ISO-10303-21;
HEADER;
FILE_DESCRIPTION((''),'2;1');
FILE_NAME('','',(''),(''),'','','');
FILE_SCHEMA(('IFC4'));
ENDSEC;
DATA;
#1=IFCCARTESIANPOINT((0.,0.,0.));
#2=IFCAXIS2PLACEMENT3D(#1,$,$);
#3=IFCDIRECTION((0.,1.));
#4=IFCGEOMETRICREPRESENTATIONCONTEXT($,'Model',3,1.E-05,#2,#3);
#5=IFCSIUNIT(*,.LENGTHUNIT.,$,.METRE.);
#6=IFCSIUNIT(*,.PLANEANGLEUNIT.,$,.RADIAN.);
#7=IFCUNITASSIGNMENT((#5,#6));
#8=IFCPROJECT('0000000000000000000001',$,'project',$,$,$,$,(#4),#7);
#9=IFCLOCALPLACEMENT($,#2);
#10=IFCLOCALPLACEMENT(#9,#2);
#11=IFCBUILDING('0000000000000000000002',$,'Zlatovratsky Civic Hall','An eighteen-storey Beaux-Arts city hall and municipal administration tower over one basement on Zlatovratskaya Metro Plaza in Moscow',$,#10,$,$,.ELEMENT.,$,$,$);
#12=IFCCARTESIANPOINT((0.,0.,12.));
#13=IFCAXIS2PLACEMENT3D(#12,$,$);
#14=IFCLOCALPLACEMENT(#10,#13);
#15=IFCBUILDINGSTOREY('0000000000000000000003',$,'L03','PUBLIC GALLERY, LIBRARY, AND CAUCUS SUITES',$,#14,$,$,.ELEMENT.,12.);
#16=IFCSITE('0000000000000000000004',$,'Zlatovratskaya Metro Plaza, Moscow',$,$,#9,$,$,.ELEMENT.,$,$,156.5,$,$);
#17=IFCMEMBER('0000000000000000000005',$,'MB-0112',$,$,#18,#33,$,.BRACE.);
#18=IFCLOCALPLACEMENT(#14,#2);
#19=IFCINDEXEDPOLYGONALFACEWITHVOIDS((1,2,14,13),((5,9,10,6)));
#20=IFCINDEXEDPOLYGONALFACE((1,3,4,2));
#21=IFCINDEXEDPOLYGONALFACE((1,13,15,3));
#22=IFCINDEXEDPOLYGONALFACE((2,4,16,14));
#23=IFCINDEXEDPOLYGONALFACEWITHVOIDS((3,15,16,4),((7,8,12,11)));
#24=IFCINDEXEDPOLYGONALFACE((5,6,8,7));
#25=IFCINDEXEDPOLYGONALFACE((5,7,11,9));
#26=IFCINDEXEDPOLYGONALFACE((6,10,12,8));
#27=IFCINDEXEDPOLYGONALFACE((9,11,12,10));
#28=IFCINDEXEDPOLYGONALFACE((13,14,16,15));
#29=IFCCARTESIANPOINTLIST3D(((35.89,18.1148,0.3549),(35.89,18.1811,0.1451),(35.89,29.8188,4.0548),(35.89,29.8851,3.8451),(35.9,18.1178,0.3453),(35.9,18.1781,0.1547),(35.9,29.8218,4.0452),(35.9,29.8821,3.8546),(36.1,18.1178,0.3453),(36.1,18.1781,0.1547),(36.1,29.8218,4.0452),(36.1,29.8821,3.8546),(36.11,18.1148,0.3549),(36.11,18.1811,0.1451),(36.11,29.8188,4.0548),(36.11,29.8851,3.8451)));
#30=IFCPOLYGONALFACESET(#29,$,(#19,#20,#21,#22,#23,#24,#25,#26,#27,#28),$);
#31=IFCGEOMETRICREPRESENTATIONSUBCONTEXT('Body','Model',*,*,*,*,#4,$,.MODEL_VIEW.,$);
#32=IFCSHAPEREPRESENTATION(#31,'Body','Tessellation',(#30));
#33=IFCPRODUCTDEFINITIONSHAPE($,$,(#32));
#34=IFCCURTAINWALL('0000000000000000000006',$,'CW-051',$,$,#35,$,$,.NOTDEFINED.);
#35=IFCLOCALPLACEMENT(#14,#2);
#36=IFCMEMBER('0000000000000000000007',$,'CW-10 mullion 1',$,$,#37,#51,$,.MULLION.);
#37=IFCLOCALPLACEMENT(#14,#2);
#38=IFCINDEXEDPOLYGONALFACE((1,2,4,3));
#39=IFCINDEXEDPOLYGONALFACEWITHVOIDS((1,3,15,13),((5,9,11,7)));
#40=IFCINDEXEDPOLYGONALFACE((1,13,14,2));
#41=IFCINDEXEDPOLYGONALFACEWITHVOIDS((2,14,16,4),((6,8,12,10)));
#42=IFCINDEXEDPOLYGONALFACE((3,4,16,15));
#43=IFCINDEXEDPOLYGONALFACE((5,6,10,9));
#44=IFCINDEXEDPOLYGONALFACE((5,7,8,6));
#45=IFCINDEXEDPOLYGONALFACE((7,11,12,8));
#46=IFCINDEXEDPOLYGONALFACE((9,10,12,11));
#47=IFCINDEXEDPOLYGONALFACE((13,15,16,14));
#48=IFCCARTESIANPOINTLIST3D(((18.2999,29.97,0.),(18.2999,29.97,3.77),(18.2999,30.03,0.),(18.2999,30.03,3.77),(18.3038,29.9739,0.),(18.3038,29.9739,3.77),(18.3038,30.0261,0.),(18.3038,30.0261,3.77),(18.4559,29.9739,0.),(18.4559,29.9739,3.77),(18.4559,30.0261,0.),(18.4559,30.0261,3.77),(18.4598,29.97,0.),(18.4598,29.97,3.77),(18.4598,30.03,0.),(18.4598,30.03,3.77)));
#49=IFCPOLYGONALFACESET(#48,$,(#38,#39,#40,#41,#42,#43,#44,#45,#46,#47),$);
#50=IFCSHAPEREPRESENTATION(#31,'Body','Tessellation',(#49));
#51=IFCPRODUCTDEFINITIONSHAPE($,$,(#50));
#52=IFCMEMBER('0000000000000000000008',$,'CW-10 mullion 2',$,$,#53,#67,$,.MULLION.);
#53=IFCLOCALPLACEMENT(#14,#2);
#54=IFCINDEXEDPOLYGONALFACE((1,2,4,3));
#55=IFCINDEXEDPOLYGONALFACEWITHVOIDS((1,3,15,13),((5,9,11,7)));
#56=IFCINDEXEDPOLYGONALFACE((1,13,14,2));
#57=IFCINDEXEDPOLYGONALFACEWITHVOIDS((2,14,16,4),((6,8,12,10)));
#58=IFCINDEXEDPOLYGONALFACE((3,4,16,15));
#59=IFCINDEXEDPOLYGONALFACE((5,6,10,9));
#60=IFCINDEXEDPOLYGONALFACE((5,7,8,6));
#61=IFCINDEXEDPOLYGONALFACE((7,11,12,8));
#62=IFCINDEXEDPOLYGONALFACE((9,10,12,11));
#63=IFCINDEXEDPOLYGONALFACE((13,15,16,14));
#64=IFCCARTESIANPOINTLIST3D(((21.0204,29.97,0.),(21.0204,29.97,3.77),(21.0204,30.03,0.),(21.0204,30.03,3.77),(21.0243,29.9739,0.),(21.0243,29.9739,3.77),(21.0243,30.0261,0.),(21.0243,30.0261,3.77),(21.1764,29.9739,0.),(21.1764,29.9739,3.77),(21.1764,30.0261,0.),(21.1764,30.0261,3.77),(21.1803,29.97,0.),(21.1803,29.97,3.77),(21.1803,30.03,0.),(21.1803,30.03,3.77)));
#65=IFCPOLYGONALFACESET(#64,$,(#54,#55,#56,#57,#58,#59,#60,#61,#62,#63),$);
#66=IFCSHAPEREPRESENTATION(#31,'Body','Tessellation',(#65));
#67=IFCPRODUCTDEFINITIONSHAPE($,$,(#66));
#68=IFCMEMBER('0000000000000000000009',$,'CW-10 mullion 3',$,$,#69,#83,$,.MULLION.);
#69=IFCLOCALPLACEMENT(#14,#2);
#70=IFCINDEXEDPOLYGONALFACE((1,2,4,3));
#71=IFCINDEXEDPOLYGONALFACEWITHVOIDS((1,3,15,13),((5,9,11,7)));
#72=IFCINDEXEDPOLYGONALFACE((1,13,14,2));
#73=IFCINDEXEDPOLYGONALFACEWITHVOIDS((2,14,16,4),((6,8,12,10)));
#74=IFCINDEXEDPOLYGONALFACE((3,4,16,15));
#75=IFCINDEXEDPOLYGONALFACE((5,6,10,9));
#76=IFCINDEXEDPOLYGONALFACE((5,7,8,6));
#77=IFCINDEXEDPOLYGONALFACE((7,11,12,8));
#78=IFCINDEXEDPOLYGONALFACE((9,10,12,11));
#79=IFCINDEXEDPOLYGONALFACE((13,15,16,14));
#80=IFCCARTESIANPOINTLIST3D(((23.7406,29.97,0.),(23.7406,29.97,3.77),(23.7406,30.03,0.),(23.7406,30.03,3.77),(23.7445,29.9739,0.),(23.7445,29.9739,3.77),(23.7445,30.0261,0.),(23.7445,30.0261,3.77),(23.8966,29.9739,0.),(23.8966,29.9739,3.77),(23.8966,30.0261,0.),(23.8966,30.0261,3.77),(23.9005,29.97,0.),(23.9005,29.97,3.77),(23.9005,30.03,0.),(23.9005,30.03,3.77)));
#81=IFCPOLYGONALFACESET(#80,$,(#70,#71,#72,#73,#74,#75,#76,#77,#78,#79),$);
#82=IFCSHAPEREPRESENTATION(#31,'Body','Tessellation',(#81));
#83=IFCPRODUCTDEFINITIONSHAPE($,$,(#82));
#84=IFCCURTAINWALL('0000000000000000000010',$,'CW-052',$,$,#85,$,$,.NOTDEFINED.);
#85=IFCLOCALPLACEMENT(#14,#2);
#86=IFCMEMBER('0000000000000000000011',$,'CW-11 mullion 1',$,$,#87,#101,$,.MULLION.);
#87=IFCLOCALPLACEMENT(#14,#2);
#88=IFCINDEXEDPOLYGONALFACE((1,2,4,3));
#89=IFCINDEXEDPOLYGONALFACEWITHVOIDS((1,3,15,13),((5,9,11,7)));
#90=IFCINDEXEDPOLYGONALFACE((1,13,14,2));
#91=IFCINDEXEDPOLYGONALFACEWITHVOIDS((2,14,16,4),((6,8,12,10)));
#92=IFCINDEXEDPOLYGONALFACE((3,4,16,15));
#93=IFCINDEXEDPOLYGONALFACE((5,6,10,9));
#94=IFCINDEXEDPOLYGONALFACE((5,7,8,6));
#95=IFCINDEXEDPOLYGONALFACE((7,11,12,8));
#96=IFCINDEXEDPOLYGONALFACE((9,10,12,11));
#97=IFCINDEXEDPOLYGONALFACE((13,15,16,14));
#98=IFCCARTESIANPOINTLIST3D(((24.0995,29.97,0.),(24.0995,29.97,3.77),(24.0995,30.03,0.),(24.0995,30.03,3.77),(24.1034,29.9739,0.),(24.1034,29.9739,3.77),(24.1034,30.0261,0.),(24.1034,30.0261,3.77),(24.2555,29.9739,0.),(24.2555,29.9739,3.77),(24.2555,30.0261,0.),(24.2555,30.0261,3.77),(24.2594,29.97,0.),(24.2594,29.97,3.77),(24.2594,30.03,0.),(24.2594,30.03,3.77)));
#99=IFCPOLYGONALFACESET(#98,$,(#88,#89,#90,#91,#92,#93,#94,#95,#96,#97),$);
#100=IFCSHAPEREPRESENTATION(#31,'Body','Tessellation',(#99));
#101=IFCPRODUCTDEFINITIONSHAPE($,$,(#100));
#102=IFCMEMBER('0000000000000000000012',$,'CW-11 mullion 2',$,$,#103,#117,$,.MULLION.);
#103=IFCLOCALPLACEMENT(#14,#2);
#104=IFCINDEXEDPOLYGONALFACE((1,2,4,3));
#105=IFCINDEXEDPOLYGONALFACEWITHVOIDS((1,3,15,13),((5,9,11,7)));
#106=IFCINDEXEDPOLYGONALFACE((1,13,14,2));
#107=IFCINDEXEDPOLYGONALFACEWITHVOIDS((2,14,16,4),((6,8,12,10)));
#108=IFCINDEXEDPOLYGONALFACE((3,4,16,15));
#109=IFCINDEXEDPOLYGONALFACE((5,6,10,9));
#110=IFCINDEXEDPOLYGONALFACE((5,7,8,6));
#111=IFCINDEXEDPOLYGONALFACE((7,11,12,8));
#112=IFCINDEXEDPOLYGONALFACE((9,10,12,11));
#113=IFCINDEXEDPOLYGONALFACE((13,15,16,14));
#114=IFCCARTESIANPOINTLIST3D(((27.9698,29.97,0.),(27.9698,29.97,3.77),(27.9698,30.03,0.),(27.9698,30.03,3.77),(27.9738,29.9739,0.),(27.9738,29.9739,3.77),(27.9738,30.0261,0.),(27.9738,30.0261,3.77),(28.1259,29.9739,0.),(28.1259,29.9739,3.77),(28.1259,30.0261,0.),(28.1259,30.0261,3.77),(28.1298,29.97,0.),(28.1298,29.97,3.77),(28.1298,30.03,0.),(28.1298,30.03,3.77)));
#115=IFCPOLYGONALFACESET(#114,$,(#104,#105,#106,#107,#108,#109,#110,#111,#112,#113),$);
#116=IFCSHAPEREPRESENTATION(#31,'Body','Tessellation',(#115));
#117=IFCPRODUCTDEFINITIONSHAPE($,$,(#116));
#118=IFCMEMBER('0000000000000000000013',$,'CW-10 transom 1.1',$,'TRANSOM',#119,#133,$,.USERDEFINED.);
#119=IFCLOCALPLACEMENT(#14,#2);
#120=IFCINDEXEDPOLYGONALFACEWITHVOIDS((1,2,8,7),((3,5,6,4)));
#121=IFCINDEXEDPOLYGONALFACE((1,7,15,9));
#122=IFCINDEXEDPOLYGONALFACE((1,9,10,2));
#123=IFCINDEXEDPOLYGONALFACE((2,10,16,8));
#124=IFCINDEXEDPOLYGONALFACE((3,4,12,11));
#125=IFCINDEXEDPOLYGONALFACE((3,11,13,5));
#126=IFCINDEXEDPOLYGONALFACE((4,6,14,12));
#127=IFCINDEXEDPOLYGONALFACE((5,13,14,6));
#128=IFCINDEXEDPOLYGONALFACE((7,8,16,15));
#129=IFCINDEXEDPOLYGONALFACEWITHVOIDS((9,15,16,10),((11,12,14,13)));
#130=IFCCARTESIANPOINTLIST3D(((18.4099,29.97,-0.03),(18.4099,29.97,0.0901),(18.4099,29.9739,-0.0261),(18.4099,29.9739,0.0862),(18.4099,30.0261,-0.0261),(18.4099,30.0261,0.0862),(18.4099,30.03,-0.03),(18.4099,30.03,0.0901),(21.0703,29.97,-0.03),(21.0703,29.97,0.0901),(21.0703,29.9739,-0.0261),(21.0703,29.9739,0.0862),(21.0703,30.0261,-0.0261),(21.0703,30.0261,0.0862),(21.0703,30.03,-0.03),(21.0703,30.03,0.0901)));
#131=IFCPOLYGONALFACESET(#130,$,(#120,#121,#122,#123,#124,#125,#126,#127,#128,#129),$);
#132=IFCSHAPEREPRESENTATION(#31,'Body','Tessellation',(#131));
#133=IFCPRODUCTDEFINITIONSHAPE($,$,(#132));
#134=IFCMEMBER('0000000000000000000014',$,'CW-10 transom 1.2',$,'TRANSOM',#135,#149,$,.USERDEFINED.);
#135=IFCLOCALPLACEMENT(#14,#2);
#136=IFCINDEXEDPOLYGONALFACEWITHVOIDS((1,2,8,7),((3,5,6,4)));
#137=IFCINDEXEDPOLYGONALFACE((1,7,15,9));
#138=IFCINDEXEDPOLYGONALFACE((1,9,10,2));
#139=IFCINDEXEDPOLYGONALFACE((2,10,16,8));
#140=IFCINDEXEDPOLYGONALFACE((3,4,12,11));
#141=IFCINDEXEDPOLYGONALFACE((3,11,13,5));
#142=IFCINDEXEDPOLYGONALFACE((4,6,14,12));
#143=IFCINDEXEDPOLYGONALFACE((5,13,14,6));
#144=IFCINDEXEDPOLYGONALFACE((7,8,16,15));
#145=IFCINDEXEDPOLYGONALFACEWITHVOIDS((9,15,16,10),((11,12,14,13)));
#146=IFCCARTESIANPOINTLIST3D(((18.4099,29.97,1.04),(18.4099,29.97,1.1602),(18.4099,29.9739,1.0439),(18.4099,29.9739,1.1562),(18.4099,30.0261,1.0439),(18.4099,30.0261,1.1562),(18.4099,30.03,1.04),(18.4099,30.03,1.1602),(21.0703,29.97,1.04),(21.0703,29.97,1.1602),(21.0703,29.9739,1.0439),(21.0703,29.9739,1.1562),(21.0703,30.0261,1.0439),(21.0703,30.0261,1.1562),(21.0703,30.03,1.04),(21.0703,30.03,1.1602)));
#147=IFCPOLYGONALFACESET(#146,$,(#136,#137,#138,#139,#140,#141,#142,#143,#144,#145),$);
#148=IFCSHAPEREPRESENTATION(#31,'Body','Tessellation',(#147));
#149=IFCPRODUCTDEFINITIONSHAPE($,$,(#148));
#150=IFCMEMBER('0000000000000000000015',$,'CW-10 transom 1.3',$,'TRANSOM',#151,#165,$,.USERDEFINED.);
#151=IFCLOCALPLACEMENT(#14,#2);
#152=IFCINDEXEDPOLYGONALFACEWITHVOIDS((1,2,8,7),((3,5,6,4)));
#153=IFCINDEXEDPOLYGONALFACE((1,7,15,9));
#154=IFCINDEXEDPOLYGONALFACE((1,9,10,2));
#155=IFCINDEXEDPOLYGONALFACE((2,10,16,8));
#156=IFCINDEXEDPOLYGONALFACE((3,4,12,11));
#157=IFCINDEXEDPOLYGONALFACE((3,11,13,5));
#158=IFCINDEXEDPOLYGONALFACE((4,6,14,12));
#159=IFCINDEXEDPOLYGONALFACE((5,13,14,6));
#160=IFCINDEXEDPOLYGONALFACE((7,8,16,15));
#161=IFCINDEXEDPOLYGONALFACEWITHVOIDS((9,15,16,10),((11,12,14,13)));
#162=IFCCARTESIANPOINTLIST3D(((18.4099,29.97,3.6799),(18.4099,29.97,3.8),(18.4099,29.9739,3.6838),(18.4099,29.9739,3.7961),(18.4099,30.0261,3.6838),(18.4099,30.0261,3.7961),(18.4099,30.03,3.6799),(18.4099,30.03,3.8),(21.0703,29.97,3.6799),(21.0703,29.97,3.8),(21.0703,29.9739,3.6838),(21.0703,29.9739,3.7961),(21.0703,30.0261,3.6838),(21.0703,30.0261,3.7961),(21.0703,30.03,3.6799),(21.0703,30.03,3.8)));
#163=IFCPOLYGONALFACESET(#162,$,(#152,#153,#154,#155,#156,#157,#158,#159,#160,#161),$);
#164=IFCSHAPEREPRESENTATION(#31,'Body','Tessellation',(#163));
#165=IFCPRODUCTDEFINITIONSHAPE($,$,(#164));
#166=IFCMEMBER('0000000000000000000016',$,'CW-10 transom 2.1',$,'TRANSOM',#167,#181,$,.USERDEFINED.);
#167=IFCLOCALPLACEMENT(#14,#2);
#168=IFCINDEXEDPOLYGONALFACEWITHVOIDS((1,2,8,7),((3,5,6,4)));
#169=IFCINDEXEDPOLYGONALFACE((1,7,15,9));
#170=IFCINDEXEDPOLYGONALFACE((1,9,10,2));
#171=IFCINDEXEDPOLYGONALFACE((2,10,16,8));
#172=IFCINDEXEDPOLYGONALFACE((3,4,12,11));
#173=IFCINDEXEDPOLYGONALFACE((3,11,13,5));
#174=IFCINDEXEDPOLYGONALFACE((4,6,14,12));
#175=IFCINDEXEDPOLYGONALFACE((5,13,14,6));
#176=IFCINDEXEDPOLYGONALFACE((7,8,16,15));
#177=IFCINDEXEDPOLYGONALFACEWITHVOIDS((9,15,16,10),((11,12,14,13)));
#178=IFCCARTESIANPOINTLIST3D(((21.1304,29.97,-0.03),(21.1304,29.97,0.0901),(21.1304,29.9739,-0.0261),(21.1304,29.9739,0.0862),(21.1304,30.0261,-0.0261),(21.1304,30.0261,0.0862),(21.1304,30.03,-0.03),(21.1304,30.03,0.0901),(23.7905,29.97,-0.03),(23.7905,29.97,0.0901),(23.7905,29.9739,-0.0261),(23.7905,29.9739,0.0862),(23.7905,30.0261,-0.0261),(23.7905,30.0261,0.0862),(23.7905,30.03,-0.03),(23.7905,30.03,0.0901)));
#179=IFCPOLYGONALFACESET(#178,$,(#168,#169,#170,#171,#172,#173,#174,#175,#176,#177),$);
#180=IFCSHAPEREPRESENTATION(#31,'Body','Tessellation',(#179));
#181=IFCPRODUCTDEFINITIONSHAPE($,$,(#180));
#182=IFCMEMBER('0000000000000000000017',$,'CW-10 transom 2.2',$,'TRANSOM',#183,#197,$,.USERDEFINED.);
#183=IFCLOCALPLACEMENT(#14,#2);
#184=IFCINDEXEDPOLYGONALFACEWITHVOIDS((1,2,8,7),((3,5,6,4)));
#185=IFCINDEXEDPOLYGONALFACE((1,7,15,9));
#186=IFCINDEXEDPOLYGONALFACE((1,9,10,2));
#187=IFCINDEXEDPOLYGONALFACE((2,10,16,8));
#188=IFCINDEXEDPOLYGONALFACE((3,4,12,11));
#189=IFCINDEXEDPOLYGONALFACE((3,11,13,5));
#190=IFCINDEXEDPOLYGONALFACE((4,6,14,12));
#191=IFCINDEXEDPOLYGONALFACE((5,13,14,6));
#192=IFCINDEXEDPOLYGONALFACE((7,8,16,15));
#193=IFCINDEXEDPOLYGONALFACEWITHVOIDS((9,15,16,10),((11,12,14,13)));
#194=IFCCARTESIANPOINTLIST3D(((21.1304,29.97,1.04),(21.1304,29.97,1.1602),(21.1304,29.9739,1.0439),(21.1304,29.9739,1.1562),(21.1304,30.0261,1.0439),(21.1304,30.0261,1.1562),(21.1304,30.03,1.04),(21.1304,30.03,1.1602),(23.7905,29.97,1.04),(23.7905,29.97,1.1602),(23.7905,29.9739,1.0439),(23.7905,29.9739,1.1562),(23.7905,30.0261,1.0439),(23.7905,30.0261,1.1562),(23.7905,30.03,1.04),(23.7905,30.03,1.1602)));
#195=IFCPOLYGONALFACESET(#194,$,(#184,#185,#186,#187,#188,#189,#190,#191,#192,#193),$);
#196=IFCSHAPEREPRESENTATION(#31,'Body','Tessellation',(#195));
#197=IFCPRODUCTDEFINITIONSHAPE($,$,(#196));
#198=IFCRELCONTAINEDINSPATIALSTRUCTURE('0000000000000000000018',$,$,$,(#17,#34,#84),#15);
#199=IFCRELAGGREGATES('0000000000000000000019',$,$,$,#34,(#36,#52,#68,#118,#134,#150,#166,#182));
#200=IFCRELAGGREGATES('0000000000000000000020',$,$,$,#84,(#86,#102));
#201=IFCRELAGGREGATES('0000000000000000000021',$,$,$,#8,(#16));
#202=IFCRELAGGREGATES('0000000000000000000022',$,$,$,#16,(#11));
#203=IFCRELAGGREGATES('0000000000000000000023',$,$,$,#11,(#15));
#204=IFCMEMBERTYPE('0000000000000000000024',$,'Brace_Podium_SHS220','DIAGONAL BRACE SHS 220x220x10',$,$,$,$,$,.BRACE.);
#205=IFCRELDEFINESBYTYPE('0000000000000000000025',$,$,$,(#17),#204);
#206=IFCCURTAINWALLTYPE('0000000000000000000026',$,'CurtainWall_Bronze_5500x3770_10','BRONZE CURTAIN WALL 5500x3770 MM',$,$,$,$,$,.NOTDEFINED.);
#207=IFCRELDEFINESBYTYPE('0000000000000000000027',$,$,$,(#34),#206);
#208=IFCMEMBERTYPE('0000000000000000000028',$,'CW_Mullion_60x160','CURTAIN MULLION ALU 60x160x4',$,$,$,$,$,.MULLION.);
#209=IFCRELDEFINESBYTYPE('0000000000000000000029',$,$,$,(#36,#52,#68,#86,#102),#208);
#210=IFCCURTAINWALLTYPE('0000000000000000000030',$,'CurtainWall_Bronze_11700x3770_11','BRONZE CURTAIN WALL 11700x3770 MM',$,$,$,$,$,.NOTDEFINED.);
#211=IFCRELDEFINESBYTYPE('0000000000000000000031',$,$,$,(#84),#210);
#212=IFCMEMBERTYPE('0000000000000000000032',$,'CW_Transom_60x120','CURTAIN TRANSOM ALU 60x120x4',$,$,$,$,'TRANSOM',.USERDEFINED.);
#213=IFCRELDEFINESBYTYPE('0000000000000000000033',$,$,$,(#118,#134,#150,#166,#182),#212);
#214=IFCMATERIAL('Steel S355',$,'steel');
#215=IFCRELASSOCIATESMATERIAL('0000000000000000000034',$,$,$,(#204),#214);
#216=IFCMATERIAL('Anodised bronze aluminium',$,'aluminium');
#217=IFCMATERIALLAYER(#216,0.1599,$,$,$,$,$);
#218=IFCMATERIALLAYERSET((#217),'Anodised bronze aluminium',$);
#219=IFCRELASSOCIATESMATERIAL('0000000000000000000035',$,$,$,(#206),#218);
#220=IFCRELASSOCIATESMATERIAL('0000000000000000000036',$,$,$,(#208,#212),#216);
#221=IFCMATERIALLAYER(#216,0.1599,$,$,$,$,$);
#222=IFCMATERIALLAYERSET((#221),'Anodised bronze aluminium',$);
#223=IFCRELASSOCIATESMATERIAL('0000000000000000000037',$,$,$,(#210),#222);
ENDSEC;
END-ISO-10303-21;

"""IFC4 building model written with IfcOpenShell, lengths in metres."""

from ifc_helpers import new_model, si_unit, direction, frame, origin, origin_2d, place, context, subcontext, project, spatial, hollow_rectangle, extrude, material, layer, layer_set, material_profile, profile_set, type_object, element, aggregate, save


model = new_model("IFC4")

# Units and contexts
model_context = context("Model", 3, precision=1e-05, world=origin(), true_north=direction((0.0, 1.0)))
body_context = subcontext(model_context, "Body", "Model", "MODEL_VIEW")
ifc_project = project(units=[si_unit("LENGTHUNIT", "METRE"), si_unit("PLANEANGLEUNIT", "RADIAN")], contexts=[model_context])

# Site, building, storey
site_placement = place(None, origin())
site = spatial("IfcSite", under=ifc_project, at=site_placement, Name="Zlatovratskaya Metro Plaza, Moscow", CompositionType="ELEMENT", RefElevation=156.5)
building_placement = place(site_placement, origin())
building = spatial("IfcBuilding", under=site, at=building_placement, Name="Zlatovratsky Civic Hall", Description="An eighteen-storey Beaux-Arts city hall and municipal administration tower over one basement on Zlatovratskaya Metro Plaza in Moscow", CompositionType="ELEMENT")
storey_placement = place(building_placement, frame((0.0, 0.0, 12.0)))
storey = spatial("IfcBuildingStorey", under=building, at=storey_placement, Name="L03", Description="PUBLIC GALLERY, LIBRARY, AND CAUCUS SUITES", CompositionType="ELEMENT", Elevation=12.0)

# Shared definitions
ifc_material_1 = material(Name="Steel S355", Category="steel")

# Member
ifc_material_profile_1 = material_profile(ifc_material_1, hollow_rectangle(XDim=0.22, YDim=0.22, WallThickness=0.01, at=origin_2d()), Name="SHS 220x220x10")
ifc_profile_set_1 = profile_set([ifc_material_profile_1], Name="Steel S355")
member_type_1 = type_object("IfcMemberType", Name="Brace_Podium_SHS220", Description="DIAGONAL BRACE SHS 220x220x10", PredefinedType="BRACE", material=ifc_profile_set_1)
member_1_placement = place(storey_placement, frame((36.0, 18.1479, 0.25), z_axis=(0.0, 0.953491, 0.301422), x_axis=(-1.0, 0.0, 0.0)))
element("IfcMember", 1, at=member_1_placement, inside=storey, type_object=member_type_1, Name="MB-0112", PredefinedType="BRACE", context=body_context, shape_type="SweptSolid", body=[
    extrude(hollow_rectangle(XDim=0.22, YDim=0.22, WallThickness=0.01, at=origin_2d()), origin(), (0.0, 0.0, 1.0), 12.2749),
])

# Curtain walls, members
ifc_material_2 = material(Name="Anodised bronze aluminium", Category="aluminium")
ifc_layer_1 = layer(ifc_material_2, 0.1599)
ifc_layer_set_1 = layer_set([ifc_layer_1], Name="Anodised bronze aluminium")
curtain_wall_type_1 = type_object("IfcCurtainWallType", Name="CurtainWall_Bronze_5500x3770_10", Description="BRONZE CURTAIN WALL 5500x3770 MM", PredefinedType="NOTDEFINED", material=ifc_layer_set_1)
curtain_wall_1_placement = place(storey_placement, origin())
curtain_wall_1 = element("IfcCurtainWall", 2, at=curtain_wall_1_placement, inside=storey, type_object=curtain_wall_type_1, Name="CW-051", PredefinedType="NOTDEFINED")
ifc_material_profile_2 = material_profile(ifc_material_2, hollow_rectangle(XDim=0.0601, YDim=0.1599, WallThickness=0.0039, at=origin_2d()), Name="ALU 60x160x4")
ifc_profile_set_2 = profile_set([ifc_material_profile_2], Name="Anodised bronze aluminium")
member_type_2 = type_object("IfcMemberType", Name="CW_Mullion_60x160", Description="CURTAIN MULLION ALU 60x160x4", PredefinedType="MULLION", material=ifc_profile_set_2)
member_2_placement = place(storey_placement, frame((18.3799, 30.0, 0.0), z_axis=(0.0, 0.0, 1.0), x_axis=(0.0, 1.0, 0.0)))
member_2 = element("IfcMember", 3, at=member_2_placement, type_object=member_type_2, Name="CW-10 mullion 1", PredefinedType="MULLION", context=body_context, shape_type="SweptSolid", body=[
    extrude(hollow_rectangle(XDim=0.0601, YDim=0.1599, WallThickness=0.0039, at=origin_2d()), origin(), (0.0, 0.0, 1.0), 3.77),
])
member_3_placement = place(storey_placement, frame((21.1003, 30.0, 0.0), z_axis=(0.0, 0.0, 1.0), x_axis=(0.0, 1.0, 0.0)))
member_3 = element("IfcMember", 4, at=member_3_placement, type_object=member_type_2, Name="CW-10 mullion 2", PredefinedType="MULLION", context=body_context, shape_type="SweptSolid", body=[
    extrude(hollow_rectangle(XDim=0.0601, YDim=0.1599, WallThickness=0.0039, at=origin_2d()), origin(), (0.0, 0.0, 1.0), 3.77),
])
member_4_placement = place(storey_placement, frame((23.8206, 30.0, 0.0), z_axis=(0.0, 0.0, 1.0), x_axis=(0.0, 1.0, 0.0)))
member_4 = element("IfcMember", 5, at=member_4_placement, type_object=member_type_2, Name="CW-10 mullion 3", PredefinedType="MULLION", context=body_context, shape_type="SweptSolid", body=[
    extrude(hollow_rectangle(XDim=0.0601, YDim=0.1599, WallThickness=0.0039, at=origin_2d()), origin(), (0.0, 0.0, 1.0), 3.77),
])
ifc_layer_2 = layer(ifc_material_2, 0.1599)
ifc_layer_set_2 = layer_set([ifc_layer_2], Name="Anodised bronze aluminium")
curtain_wall_type_2 = type_object("IfcCurtainWallType", Name="CurtainWall_Bronze_11700x3770_11", Description="BRONZE CURTAIN WALL 11700x3770 MM", PredefinedType="NOTDEFINED", material=ifc_layer_set_2)
curtain_wall_2_placement = place(storey_placement, origin())
curtain_wall_2 = element("IfcCurtainWall", 6, at=curtain_wall_2_placement, inside=storey, type_object=curtain_wall_type_2, Name="CW-052", PredefinedType="NOTDEFINED")
member_5_placement = place(storey_placement, frame((24.1794, 30.0, 0.0), z_axis=(0.0, 0.0, 1.0), x_axis=(0.0, 1.0, 0.0)))
member_5 = element("IfcMember", 7, at=member_5_placement, type_object=member_type_2, Name="CW-11 mullion 1", PredefinedType="MULLION", context=body_context, shape_type="SweptSolid", body=[
    extrude(hollow_rectangle(XDim=0.0601, YDim=0.1599, WallThickness=0.0039, at=origin_2d()), origin(), (0.0, 0.0, 1.0), 3.77),
])
member_6_placement = place(storey_placement, frame((28.0498, 30.0, 0.0), z_axis=(0.0, 0.0, 1.0), x_axis=(0.0, 1.0, 0.0)))
member_6 = element("IfcMember", 8, at=member_6_placement, type_object=member_type_2, Name="CW-11 mullion 2", PredefinedType="MULLION", context=body_context, shape_type="SweptSolid", body=[
    extrude(hollow_rectangle(XDim=0.0601, YDim=0.1599, WallThickness=0.0039, at=origin_2d()), origin(), (0.0, 0.0, 1.0), 3.77),
])

# Members
ifc_material_profile_3 = material_profile(ifc_material_2, hollow_rectangle(XDim=0.0601, YDim=0.1201, WallThickness=0.0039, at=origin_2d()), Name="ALU 60x120x4")
ifc_profile_set_3 = profile_set([ifc_material_profile_3], Name="Anodised bronze aluminium")
member_type_3 = type_object("IfcMemberType", Name="CW_Transom_60x120", Description="CURTAIN TRANSOM ALU 60x120x4", ElementType="TRANSOM", PredefinedType="USERDEFINED", material=ifc_profile_set_3)
member_7_placement = place(storey_placement, frame((18.4099, 30.0, 0.03), z_axis=(1.0, 0.0, 0.0), x_axis=(0.0, 1.0, 0.0)))
member_7 = element("IfcMember", 9, at=member_7_placement, type_object=member_type_3, Name="CW-10 transom 1.1", ObjectType="TRANSOM", PredefinedType="USERDEFINED", context=body_context, shape_type="SweptSolid", body=[
    extrude(hollow_rectangle(XDim=0.0601, YDim=0.1201, WallThickness=0.0039, at=origin_2d()), origin(), (0.0, 0.0, 1.0), 2.6604),
])
member_8_placement = place(storey_placement, frame((18.4099, 30.0, 1.1001), z_axis=(1.0, 0.0, 0.0), x_axis=(0.0, 1.0, 0.0)))
member_8 = element("IfcMember", 10, at=member_8_placement, type_object=member_type_3, Name="CW-10 transom 1.2", ObjectType="TRANSOM", PredefinedType="USERDEFINED", context=body_context, shape_type="SweptSolid", body=[
    extrude(hollow_rectangle(XDim=0.0601, YDim=0.1201, WallThickness=0.0039, at=origin_2d()), origin(), (0.0, 0.0, 1.0), 2.6604),
])
member_9_placement = place(storey_placement, frame((18.4099, 30.0, 3.74), z_axis=(1.0, 0.0, 0.0), x_axis=(0.0, 1.0, 0.0)))
member_9 = element("IfcMember", 11, at=member_9_placement, type_object=member_type_3, Name="CW-10 transom 1.3", ObjectType="TRANSOM", PredefinedType="USERDEFINED", context=body_context, shape_type="SweptSolid", body=[
    extrude(hollow_rectangle(XDim=0.0601, YDim=0.1201, WallThickness=0.0039, at=origin_2d()), origin(), (0.0, 0.0, 1.0), 2.6604),
])
member_10_placement = place(storey_placement, frame((21.1304, 30.0, 0.03), z_axis=(1.0, 0.0, 0.0), x_axis=(0.0, 1.0, 0.0)))
member_10 = element("IfcMember", 12, at=member_10_placement, type_object=member_type_3, Name="CW-10 transom 2.1", ObjectType="TRANSOM", PredefinedType="USERDEFINED", context=body_context, shape_type="SweptSolid", body=[
    extrude(hollow_rectangle(XDim=0.0601, YDim=0.1201, WallThickness=0.0039, at=origin_2d()), origin(), (0.0, 0.0, 1.0), 2.6602),
])
member_11_placement = place(storey_placement, frame((21.1304, 30.0, 1.1001), z_axis=(1.0, 0.0, 0.0), x_axis=(0.0, 1.0, 0.0)))
member_11 = element("IfcMember", 13, at=member_11_placement, type_object=member_type_3, Name="CW-10 transom 2.2", ObjectType="TRANSOM", PredefinedType="USERDEFINED", context=body_context, shape_type="SweptSolid", body=[
    extrude(hollow_rectangle(XDim=0.0601, YDim=0.1201, WallThickness=0.0039, at=origin_2d()), origin(), (0.0, 0.0, 1.0), 2.6602),
])

aggregate(curtain_wall_1, [member_2, member_3, member_4, member_7, member_8, member_9, member_10, member_11])
aggregate(curtain_wall_2, [member_5, member_6])

save(model, "model.ifc")
